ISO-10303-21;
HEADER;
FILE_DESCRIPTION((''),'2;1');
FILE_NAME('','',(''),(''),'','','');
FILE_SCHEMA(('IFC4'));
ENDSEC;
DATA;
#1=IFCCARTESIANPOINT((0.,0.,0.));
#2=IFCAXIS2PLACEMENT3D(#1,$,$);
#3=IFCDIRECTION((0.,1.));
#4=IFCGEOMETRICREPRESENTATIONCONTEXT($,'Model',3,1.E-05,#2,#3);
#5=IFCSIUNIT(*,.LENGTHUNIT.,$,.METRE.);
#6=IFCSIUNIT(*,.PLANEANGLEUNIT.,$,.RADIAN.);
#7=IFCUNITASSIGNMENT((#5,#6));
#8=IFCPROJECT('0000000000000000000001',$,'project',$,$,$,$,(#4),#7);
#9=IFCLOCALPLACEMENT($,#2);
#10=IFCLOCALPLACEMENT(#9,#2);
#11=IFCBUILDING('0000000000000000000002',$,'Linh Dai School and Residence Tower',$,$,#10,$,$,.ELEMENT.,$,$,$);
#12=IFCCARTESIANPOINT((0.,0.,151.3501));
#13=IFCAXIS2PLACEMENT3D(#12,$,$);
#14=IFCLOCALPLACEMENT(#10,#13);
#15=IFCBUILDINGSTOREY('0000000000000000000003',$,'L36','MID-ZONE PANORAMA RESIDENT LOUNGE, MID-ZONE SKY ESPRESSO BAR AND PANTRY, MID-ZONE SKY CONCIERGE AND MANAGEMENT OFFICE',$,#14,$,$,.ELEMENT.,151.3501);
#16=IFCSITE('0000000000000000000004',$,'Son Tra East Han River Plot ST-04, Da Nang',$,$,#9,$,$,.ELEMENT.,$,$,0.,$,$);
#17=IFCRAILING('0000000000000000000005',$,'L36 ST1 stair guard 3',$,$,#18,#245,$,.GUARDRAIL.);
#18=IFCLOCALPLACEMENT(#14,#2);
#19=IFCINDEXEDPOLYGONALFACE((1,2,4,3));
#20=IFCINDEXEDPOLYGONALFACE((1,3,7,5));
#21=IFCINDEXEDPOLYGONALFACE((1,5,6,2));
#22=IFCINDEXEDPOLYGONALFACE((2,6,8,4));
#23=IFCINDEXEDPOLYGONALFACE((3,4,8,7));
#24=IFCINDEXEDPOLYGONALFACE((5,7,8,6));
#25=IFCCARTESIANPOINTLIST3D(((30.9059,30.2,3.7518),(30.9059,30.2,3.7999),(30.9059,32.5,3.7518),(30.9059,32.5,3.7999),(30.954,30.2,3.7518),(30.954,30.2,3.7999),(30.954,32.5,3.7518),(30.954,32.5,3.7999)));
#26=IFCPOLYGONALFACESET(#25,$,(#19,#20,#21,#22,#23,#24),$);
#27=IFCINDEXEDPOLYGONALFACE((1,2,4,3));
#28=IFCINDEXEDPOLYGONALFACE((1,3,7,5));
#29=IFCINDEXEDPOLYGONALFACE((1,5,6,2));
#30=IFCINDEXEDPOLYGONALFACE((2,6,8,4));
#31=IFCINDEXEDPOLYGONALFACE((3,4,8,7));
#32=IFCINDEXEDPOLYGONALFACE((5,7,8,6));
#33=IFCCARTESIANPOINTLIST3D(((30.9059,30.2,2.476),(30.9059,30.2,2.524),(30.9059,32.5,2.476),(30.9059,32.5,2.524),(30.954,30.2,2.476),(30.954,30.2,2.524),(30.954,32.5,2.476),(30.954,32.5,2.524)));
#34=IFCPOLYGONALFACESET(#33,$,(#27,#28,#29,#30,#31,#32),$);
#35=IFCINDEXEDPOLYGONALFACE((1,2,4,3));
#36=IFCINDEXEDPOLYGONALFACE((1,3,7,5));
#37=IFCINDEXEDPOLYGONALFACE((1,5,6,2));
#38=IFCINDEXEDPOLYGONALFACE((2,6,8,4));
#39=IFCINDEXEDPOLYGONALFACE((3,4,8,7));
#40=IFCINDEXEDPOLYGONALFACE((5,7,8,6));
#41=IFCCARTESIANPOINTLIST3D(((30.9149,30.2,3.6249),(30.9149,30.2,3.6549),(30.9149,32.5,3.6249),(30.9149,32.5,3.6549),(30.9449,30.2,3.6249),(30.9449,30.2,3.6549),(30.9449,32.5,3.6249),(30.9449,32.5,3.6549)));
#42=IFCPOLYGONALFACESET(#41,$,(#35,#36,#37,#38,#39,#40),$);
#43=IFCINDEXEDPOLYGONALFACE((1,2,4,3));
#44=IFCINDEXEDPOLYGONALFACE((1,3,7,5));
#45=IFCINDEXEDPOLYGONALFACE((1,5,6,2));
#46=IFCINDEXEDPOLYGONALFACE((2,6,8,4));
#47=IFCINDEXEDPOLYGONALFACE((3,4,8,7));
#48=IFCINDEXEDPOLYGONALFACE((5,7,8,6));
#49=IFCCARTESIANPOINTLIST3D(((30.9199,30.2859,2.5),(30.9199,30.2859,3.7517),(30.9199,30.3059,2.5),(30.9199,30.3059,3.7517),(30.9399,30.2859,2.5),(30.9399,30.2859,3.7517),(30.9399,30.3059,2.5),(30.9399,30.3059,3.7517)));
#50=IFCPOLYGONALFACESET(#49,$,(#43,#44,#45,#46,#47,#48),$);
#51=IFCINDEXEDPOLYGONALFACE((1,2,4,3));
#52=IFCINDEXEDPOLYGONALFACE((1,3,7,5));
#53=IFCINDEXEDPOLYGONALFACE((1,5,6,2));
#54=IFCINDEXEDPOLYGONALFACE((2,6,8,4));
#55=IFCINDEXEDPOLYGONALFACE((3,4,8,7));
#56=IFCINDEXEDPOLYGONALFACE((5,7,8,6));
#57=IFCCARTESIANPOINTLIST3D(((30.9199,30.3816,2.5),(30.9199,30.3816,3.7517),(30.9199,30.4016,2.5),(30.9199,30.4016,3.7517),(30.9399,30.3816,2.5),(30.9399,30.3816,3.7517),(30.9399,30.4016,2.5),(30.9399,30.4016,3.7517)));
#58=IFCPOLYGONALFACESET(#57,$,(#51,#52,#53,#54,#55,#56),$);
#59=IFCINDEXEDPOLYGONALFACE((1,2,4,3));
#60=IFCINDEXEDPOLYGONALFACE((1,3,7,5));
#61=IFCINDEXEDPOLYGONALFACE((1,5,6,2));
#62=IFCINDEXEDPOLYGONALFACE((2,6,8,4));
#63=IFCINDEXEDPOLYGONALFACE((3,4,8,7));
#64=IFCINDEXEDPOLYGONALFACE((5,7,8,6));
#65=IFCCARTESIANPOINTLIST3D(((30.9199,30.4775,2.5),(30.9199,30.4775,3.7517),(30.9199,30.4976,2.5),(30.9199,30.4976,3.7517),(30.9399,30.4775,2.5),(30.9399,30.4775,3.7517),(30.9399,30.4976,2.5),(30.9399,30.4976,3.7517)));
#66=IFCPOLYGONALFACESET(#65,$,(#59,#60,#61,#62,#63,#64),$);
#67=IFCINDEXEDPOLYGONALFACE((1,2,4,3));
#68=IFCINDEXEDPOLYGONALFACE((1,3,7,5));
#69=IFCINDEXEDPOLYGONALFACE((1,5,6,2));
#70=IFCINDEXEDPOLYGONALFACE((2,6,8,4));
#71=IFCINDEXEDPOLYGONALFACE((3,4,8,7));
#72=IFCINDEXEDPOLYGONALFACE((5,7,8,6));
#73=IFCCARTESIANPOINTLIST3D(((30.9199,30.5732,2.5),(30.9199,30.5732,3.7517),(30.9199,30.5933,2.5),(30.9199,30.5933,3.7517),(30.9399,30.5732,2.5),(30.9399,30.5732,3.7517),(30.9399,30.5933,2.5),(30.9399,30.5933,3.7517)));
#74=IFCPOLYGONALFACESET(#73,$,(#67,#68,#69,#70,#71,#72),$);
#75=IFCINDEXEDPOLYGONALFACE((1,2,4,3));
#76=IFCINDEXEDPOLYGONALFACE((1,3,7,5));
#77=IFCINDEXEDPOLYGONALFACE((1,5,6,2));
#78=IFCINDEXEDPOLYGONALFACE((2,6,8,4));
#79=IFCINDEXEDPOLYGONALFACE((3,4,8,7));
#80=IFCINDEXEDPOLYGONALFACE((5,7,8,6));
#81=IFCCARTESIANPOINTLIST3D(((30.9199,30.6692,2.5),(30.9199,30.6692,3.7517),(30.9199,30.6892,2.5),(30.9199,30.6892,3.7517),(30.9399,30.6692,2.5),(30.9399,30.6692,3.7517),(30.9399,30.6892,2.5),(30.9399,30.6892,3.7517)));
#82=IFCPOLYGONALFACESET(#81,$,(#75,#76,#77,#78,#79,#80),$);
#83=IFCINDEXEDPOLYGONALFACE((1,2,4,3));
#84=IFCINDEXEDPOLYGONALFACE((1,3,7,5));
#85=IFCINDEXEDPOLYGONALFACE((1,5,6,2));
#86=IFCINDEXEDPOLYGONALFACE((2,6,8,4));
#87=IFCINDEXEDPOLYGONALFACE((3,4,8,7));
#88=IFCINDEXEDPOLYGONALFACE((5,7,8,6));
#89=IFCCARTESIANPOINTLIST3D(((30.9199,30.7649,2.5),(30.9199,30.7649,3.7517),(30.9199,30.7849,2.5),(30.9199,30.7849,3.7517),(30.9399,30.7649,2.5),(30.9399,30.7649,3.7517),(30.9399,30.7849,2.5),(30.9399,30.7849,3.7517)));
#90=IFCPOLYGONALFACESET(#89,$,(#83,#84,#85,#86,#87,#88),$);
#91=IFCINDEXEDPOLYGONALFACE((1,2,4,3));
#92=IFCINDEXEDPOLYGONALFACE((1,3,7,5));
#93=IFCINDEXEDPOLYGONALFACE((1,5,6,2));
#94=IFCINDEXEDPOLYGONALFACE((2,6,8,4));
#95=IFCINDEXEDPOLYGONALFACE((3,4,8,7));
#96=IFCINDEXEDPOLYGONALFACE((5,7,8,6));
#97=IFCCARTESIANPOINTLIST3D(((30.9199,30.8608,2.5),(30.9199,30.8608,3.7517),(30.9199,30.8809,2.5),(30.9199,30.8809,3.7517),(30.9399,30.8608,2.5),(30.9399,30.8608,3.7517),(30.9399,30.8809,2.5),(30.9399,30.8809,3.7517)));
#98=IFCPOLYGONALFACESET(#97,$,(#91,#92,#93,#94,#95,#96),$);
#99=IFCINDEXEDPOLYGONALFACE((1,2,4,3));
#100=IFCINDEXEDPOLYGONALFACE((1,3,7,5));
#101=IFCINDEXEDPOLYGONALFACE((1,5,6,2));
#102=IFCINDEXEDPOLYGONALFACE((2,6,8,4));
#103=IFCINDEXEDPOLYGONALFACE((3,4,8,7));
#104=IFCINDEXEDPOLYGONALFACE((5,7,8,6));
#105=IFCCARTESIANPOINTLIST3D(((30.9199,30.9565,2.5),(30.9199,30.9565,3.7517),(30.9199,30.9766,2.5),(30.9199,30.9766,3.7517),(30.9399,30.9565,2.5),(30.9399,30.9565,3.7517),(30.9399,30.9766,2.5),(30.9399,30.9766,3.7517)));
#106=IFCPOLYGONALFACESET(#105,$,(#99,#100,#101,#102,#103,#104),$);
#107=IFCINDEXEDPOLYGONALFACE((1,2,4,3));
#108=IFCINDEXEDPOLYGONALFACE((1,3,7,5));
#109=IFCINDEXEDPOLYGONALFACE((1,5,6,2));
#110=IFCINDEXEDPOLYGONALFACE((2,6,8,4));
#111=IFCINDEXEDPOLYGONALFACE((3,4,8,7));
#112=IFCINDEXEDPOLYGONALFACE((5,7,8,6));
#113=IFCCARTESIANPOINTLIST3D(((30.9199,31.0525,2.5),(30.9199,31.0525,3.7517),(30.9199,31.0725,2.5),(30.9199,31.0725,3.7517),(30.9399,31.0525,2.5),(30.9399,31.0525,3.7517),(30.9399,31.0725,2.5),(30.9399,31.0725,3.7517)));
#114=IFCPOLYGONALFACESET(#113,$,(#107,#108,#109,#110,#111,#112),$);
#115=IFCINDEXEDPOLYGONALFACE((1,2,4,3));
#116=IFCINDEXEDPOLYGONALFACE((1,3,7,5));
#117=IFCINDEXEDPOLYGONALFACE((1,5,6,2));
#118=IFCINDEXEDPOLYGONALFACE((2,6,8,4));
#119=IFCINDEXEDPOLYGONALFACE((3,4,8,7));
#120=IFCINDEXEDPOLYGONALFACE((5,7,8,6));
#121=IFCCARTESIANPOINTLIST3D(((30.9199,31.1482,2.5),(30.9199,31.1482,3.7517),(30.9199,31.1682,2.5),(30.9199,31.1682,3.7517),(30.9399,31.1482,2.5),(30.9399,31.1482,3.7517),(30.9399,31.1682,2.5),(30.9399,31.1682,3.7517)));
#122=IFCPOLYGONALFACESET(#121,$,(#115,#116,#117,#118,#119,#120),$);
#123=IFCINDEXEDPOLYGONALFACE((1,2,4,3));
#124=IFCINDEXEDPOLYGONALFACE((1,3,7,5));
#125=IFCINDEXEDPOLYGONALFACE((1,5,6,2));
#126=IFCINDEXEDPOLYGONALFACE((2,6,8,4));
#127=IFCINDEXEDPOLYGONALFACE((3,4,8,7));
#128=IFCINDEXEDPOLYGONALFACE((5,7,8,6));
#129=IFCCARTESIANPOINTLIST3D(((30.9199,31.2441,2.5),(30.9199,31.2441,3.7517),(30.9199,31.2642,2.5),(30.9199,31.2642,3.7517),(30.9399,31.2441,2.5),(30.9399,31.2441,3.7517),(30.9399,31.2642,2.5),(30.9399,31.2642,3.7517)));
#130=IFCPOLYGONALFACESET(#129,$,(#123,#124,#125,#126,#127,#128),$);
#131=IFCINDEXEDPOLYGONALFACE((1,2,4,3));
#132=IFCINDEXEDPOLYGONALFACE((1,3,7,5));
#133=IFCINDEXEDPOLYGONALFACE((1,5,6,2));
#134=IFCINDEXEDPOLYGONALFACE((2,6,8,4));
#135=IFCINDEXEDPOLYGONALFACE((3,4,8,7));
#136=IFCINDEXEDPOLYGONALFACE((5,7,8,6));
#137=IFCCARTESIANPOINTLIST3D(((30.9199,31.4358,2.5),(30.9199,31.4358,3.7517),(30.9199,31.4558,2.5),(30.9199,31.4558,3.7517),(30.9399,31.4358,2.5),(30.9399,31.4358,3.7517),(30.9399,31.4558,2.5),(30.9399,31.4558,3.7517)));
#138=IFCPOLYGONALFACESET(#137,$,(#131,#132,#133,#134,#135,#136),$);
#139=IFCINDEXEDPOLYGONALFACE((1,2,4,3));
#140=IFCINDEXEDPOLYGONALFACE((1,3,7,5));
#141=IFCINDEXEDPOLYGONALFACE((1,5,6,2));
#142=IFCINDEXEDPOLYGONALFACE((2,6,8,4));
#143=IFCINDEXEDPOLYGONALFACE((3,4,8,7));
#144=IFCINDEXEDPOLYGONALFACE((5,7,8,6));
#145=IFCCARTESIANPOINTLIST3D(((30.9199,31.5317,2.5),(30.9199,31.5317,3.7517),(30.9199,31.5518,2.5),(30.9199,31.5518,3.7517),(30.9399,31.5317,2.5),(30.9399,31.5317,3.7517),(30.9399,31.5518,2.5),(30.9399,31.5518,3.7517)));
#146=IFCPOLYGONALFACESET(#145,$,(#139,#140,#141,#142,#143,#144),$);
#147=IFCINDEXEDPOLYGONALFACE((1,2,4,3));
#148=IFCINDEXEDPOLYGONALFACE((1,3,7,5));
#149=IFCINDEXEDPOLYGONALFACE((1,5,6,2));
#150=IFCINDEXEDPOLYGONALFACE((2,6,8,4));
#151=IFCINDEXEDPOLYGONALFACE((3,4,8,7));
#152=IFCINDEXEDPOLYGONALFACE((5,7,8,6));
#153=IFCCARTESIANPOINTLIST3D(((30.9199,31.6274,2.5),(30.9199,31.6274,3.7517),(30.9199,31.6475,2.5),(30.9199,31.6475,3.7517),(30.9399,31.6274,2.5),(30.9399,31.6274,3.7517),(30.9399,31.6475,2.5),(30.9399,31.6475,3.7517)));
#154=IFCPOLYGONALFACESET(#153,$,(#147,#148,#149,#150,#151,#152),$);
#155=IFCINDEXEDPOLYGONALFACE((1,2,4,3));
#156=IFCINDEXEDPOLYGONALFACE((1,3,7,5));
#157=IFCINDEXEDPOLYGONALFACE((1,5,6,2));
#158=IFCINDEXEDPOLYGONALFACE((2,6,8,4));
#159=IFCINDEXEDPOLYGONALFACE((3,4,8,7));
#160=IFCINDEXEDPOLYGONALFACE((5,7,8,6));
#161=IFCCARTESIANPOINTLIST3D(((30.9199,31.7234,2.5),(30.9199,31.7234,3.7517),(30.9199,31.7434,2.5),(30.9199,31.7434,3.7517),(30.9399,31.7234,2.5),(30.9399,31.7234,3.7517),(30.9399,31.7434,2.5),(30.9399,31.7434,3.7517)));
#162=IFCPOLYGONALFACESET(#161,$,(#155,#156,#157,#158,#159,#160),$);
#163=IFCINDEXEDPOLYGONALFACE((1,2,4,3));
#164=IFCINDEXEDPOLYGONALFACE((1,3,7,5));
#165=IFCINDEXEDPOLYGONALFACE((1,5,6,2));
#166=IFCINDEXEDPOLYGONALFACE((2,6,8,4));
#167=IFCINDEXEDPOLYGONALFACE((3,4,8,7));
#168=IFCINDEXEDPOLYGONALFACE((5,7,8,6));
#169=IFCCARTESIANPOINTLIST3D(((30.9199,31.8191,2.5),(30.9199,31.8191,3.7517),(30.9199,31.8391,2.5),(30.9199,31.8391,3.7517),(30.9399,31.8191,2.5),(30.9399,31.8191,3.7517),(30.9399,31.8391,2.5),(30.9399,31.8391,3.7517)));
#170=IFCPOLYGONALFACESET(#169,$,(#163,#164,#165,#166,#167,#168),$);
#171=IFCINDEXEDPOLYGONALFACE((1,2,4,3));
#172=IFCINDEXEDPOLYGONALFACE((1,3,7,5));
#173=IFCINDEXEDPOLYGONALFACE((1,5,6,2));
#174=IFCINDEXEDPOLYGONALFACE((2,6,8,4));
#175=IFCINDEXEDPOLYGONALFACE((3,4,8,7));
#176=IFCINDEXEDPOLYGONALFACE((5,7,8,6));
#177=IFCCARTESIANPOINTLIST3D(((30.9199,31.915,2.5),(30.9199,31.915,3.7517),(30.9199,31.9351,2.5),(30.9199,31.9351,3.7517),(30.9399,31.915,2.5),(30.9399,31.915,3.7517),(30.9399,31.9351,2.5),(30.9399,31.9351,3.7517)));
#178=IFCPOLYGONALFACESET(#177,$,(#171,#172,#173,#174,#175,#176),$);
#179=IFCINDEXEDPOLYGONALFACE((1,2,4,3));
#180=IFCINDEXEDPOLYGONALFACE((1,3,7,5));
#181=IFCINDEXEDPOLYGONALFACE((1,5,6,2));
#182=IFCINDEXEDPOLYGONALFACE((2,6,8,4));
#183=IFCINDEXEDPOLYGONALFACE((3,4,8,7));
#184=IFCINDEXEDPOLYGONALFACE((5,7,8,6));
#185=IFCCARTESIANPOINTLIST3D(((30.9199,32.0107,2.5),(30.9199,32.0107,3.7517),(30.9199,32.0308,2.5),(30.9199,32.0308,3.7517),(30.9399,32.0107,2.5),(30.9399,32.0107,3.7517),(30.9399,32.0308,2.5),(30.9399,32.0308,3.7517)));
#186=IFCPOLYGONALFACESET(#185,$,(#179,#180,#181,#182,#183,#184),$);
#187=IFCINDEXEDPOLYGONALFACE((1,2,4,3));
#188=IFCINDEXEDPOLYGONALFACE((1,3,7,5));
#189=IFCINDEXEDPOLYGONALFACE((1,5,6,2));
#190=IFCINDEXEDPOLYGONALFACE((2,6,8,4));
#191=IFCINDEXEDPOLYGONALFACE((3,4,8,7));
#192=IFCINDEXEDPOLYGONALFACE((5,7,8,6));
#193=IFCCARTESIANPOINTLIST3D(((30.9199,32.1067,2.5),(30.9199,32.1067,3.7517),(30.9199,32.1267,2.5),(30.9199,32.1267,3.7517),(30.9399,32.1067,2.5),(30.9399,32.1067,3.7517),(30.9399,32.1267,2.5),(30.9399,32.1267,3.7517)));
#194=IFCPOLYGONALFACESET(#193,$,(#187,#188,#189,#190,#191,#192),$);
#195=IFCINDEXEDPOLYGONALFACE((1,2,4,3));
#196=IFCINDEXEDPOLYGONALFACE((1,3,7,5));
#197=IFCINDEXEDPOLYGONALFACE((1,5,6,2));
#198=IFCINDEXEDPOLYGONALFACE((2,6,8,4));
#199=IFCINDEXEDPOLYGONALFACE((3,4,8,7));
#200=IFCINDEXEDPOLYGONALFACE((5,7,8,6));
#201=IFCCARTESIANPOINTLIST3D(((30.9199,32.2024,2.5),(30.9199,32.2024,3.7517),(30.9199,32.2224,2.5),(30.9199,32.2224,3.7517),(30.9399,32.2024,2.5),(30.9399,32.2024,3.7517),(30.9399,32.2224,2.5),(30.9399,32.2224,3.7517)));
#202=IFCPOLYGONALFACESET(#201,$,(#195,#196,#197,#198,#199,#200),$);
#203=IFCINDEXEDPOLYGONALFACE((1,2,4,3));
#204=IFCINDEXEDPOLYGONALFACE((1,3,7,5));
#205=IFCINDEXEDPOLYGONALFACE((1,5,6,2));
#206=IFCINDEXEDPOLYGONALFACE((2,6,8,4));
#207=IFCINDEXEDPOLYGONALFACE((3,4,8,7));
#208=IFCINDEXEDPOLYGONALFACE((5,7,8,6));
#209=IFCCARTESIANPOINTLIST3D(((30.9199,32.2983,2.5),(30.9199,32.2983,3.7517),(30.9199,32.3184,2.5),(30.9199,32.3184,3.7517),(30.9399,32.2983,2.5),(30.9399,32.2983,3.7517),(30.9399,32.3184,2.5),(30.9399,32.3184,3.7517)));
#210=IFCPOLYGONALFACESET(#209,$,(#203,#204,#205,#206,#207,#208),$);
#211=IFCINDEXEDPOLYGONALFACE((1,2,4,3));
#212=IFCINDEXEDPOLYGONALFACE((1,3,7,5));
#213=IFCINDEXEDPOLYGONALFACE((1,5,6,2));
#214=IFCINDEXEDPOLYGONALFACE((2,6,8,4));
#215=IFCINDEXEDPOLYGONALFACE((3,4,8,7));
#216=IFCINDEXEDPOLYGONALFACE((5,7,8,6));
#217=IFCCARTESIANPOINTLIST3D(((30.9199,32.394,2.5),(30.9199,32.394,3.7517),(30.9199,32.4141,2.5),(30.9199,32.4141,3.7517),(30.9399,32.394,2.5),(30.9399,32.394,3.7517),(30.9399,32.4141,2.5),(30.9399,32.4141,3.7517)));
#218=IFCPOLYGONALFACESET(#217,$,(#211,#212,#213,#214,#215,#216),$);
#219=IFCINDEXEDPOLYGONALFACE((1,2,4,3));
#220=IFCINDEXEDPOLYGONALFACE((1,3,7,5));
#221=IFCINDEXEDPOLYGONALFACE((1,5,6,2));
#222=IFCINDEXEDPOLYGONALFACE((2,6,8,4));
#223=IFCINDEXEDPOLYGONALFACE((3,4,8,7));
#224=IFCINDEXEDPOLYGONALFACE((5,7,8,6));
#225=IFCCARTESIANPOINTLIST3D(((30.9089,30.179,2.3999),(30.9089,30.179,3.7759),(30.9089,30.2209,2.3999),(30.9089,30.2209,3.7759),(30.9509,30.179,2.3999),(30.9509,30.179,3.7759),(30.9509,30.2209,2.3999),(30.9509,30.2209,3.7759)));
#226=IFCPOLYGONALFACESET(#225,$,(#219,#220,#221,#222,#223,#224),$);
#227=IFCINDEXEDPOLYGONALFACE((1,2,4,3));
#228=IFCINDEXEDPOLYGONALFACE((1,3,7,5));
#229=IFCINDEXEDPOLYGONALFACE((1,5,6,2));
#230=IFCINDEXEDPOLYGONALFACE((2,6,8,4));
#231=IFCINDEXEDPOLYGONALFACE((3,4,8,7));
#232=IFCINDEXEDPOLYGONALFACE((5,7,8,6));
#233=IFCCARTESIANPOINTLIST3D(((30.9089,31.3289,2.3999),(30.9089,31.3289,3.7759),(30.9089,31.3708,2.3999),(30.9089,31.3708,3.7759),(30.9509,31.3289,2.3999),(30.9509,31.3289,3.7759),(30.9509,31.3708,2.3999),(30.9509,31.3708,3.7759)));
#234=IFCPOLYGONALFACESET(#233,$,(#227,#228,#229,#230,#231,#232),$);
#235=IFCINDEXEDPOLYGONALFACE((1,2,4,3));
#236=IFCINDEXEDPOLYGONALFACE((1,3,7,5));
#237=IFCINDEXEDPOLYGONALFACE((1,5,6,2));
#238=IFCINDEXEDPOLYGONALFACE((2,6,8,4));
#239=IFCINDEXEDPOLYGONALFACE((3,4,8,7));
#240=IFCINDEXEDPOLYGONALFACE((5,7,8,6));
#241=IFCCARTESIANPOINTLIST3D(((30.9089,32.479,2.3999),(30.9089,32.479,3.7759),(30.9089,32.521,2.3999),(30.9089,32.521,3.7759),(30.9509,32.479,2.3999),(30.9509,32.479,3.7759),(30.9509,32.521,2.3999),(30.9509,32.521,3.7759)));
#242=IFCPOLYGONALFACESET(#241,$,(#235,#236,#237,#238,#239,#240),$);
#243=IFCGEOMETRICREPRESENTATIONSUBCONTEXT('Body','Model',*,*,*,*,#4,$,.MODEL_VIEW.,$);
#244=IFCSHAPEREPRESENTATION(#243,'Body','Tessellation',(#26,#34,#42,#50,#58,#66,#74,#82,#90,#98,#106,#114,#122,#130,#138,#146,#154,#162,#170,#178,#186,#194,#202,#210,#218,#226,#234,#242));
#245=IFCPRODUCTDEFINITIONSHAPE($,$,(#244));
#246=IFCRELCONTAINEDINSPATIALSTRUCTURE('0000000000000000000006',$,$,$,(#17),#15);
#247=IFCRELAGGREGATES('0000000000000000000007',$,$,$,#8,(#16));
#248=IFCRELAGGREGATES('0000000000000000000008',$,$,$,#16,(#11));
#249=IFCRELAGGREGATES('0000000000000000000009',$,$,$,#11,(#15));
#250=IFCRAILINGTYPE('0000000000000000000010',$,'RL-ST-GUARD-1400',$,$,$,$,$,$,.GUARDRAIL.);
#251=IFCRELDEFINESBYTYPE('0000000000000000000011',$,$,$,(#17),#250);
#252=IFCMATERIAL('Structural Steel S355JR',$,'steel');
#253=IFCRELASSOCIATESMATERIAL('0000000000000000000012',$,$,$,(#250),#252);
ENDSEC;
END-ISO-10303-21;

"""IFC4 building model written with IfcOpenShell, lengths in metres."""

from ifc_helpers import new_model, si_unit, direction, frame, origin, origin_2d, place, context, subcontext, project, spatial, rectangle, extrude, source, transform, mapped, material, type_object, element, save


model = new_model("IFC4")

# Units and contexts
model_context = context("Model", 3, precision=1e-05, world=origin(), true_north=direction((0.0, 1.0)))
body_context = subcontext(model_context, "Body", "Model", "MODEL_VIEW")
ifc_project = project(units=[si_unit("LENGTHUNIT", "METRE"), si_unit("PLANEANGLEUNIT", "RADIAN")], contexts=[model_context])

# Site, building, storey
site_placement = place(None, origin())
site = spatial("IfcSite", under=ifc_project, at=site_placement, Name="Son Tra East Han River Plot ST-04, Da Nang", CompositionType="ELEMENT", RefElevation=0.0)
building_placement = place(site_placement, origin())
building = spatial("IfcBuilding", under=site, at=building_placement, Name="Linh Dai School and Residence Tower", CompositionType="ELEMENT")
storey_placement = place(building_placement, frame((0.0, 0.0, 151.3501)))
storey = spatial("IfcBuildingStorey", under=building, at=storey_placement, Name="L36", Description="MID-ZONE PANORAMA RESIDENT LOUNGE, MID-ZONE SKY ESPRESSO BAR AND PANTRY, MID-ZONE SKY CONCIERGE AND MANAGEMENT OFFICE", CompositionType="ELEMENT", Elevation=151.3501)

# Shared definitions
ifc_material_1 = material(Name="Structural Steel S355JR", Category="steel")

# Railing
railing_type_1 = type_object("IfcRailingType", Name="RL-ST-GUARD-1400", PredefinedType="GUARDRAIL", material=ifc_material_1)
shared_shape_1 = source(origin(), body_context, "Body", "SweptSolid", [
    extrude(rectangle(XDim=0.0481, YDim=0.0481, at=origin_2d()), frame((0.0, 0.0, 1.376), z_axis=(0.0, 1.0, 0.0), x_axis=(-1.0, 0.0, 0.0)), (0.0, 0.0, 1.0), 2.3),
    extrude(rectangle(XDim=0.0481, YDim=0.0481, at=origin_2d()), frame((0.0, 0.0, 0.1001), z_axis=(0.0, 1.0, 0.0), x_axis=(-1.0, 0.0, 0.0)), (0.0, 0.0, 1.0), 2.3),
    extrude(rectangle(XDim=0.03, YDim=0.03, at=origin_2d()), frame((0.0, 0.0, 1.24), z_axis=(0.0, 1.0, 0.0), x_axis=(-1.0, 0.0, 0.0)), (0.0, 0.0, 1.0), 2.3),
    extrude(rectangle(XDim=0.02, YDim=0.02, at=origin_2d()), frame((0.0, 0.0959, 0.1001)), (0.0, 0.0, 1.0), 1.2517),
    extrude(rectangle(XDim=0.02, YDim=0.02, at=origin_2d()), frame((0.0, 0.1917, 0.1001)), (0.0, 0.0, 1.0), 1.2517),
    extrude(rectangle(XDim=0.02, YDim=0.02, at=origin_2d()), frame((0.0, 0.2876, 0.1001)), (0.0, 0.0, 1.0), 1.2517),
    extrude(rectangle(XDim=0.02, YDim=0.02, at=origin_2d()), frame((0.0, 0.3833, 0.1001)), (0.0, 0.0, 1.0), 1.2517),
    extrude(rectangle(XDim=0.02, YDim=0.02, at=origin_2d()), frame((0.0, 0.4792, 0.1001)), (0.0, 0.0, 1.0), 1.2517),
    extrude(rectangle(XDim=0.02, YDim=0.02, at=origin_2d()), frame((0.0, 0.575, 0.1001)), (0.0, 0.0, 1.0), 1.2517),
    extrude(rectangle(XDim=0.02, YDim=0.02, at=origin_2d()), frame((0.0, 0.6709, 0.1001)), (0.0, 0.0, 1.0), 1.2517),
    extrude(rectangle(XDim=0.02, YDim=0.02, at=origin_2d()), frame((0.0, 0.7666, 0.1001)), (0.0, 0.0, 1.0), 1.2517),
    extrude(rectangle(XDim=0.02, YDim=0.02, at=origin_2d()), frame((0.0, 0.8625, 0.1001)), (0.0, 0.0, 1.0), 1.2517),
    extrude(rectangle(XDim=0.02, YDim=0.02, at=origin_2d()), frame((0.0, 0.9583, 0.1001)), (0.0, 0.0, 1.0), 1.2517),
    extrude(rectangle(XDim=0.02, YDim=0.02, at=origin_2d()), frame((0.0, 1.0542, 0.1001)), (0.0, 0.0, 1.0), 1.2517),
    extrude(rectangle(XDim=0.02, YDim=0.02, at=origin_2d()), frame((0.0, 1.2458, 0.1001)), (0.0, 0.0, 1.0), 1.2517),
    extrude(rectangle(XDim=0.02, YDim=0.02, at=origin_2d()), frame((0.0, 1.3418, 0.1001)), (0.0, 0.0, 1.0), 1.2517),
    extrude(rectangle(XDim=0.02, YDim=0.02, at=origin_2d()), frame((0.0, 1.4375, 0.1001)), (0.0, 0.0, 1.0), 1.2517),
    extrude(rectangle(XDim=0.02, YDim=0.02, at=origin_2d()), frame((0.0, 1.5334, 0.1001)), (0.0, 0.0, 1.0), 1.2517),
    extrude(rectangle(XDim=0.02, YDim=0.02, at=origin_2d()), frame((0.0, 1.6292, 0.1001)), (0.0, 0.0, 1.0), 1.2517),
    extrude(rectangle(XDim=0.02, YDim=0.02, at=origin_2d()), frame((0.0, 1.7251, 0.1001)), (0.0, 0.0, 1.0), 1.2517),
    extrude(rectangle(XDim=0.02, YDim=0.02, at=origin_2d()), frame((0.0, 1.8208, 0.1001)), (0.0, 0.0, 1.0), 1.2517),
    extrude(rectangle(XDim=0.02, YDim=0.02, at=origin_2d()), frame((0.0, 1.9167, 0.1001)), (0.0, 0.0, 1.0), 1.2517),
    extrude(rectangle(XDim=0.02, YDim=0.02, at=origin_2d()), frame((0.0, 2.0125, 0.1001)), (0.0, 0.0, 1.0), 1.2517),
    extrude(rectangle(XDim=0.02, YDim=0.02, at=origin_2d()), frame((0.0, 2.1084, 0.1001)), (0.0, 0.0, 1.0), 1.2517),
    extrude(rectangle(XDim=0.02, YDim=0.02, at=origin_2d()), frame((0.0, 2.2041, 0.1001)), (0.0, 0.0, 1.0), 1.2517),
    extrude(rectangle(XDim=0.042, YDim=0.042, at=origin_2d()), origin(), (0.0, 0.0, 1.0), 1.376),
    extrude(rectangle(XDim=0.042, YDim=0.042, at=origin_2d()), frame((0.0, 1.1499, 0.0)), (0.0, 0.0, 1.0), 1.376),
    extrude(rectangle(XDim=0.042, YDim=0.042, at=origin_2d()), frame((0.0, 2.3, 0.0)), (0.0, 0.0, 1.0), 1.376),
])
for number, where, name in (
    (1, (30.9299, 30.2, 2.3999), "L36 ST1 stair guard 3"),
):
    element("IfcRailing", number, at=place(storey_placement, frame(where)), inside=storey, type_object=railing_type_1, Name=name, PredefinedType="GUARDRAIL", context=body_context, shape_type="MappedRepresentation", body=[
        mapped(shared_shape_1, transform((0.0, 0.0, 0.0), x_axis=(1.0, 0.0, 0.0), y_axis=(0.0, 1.0, 0.0), z_axis=(0.0, 0.0, 1.0), scale=1.0)),
    ])

save(model, "model.ifc")
